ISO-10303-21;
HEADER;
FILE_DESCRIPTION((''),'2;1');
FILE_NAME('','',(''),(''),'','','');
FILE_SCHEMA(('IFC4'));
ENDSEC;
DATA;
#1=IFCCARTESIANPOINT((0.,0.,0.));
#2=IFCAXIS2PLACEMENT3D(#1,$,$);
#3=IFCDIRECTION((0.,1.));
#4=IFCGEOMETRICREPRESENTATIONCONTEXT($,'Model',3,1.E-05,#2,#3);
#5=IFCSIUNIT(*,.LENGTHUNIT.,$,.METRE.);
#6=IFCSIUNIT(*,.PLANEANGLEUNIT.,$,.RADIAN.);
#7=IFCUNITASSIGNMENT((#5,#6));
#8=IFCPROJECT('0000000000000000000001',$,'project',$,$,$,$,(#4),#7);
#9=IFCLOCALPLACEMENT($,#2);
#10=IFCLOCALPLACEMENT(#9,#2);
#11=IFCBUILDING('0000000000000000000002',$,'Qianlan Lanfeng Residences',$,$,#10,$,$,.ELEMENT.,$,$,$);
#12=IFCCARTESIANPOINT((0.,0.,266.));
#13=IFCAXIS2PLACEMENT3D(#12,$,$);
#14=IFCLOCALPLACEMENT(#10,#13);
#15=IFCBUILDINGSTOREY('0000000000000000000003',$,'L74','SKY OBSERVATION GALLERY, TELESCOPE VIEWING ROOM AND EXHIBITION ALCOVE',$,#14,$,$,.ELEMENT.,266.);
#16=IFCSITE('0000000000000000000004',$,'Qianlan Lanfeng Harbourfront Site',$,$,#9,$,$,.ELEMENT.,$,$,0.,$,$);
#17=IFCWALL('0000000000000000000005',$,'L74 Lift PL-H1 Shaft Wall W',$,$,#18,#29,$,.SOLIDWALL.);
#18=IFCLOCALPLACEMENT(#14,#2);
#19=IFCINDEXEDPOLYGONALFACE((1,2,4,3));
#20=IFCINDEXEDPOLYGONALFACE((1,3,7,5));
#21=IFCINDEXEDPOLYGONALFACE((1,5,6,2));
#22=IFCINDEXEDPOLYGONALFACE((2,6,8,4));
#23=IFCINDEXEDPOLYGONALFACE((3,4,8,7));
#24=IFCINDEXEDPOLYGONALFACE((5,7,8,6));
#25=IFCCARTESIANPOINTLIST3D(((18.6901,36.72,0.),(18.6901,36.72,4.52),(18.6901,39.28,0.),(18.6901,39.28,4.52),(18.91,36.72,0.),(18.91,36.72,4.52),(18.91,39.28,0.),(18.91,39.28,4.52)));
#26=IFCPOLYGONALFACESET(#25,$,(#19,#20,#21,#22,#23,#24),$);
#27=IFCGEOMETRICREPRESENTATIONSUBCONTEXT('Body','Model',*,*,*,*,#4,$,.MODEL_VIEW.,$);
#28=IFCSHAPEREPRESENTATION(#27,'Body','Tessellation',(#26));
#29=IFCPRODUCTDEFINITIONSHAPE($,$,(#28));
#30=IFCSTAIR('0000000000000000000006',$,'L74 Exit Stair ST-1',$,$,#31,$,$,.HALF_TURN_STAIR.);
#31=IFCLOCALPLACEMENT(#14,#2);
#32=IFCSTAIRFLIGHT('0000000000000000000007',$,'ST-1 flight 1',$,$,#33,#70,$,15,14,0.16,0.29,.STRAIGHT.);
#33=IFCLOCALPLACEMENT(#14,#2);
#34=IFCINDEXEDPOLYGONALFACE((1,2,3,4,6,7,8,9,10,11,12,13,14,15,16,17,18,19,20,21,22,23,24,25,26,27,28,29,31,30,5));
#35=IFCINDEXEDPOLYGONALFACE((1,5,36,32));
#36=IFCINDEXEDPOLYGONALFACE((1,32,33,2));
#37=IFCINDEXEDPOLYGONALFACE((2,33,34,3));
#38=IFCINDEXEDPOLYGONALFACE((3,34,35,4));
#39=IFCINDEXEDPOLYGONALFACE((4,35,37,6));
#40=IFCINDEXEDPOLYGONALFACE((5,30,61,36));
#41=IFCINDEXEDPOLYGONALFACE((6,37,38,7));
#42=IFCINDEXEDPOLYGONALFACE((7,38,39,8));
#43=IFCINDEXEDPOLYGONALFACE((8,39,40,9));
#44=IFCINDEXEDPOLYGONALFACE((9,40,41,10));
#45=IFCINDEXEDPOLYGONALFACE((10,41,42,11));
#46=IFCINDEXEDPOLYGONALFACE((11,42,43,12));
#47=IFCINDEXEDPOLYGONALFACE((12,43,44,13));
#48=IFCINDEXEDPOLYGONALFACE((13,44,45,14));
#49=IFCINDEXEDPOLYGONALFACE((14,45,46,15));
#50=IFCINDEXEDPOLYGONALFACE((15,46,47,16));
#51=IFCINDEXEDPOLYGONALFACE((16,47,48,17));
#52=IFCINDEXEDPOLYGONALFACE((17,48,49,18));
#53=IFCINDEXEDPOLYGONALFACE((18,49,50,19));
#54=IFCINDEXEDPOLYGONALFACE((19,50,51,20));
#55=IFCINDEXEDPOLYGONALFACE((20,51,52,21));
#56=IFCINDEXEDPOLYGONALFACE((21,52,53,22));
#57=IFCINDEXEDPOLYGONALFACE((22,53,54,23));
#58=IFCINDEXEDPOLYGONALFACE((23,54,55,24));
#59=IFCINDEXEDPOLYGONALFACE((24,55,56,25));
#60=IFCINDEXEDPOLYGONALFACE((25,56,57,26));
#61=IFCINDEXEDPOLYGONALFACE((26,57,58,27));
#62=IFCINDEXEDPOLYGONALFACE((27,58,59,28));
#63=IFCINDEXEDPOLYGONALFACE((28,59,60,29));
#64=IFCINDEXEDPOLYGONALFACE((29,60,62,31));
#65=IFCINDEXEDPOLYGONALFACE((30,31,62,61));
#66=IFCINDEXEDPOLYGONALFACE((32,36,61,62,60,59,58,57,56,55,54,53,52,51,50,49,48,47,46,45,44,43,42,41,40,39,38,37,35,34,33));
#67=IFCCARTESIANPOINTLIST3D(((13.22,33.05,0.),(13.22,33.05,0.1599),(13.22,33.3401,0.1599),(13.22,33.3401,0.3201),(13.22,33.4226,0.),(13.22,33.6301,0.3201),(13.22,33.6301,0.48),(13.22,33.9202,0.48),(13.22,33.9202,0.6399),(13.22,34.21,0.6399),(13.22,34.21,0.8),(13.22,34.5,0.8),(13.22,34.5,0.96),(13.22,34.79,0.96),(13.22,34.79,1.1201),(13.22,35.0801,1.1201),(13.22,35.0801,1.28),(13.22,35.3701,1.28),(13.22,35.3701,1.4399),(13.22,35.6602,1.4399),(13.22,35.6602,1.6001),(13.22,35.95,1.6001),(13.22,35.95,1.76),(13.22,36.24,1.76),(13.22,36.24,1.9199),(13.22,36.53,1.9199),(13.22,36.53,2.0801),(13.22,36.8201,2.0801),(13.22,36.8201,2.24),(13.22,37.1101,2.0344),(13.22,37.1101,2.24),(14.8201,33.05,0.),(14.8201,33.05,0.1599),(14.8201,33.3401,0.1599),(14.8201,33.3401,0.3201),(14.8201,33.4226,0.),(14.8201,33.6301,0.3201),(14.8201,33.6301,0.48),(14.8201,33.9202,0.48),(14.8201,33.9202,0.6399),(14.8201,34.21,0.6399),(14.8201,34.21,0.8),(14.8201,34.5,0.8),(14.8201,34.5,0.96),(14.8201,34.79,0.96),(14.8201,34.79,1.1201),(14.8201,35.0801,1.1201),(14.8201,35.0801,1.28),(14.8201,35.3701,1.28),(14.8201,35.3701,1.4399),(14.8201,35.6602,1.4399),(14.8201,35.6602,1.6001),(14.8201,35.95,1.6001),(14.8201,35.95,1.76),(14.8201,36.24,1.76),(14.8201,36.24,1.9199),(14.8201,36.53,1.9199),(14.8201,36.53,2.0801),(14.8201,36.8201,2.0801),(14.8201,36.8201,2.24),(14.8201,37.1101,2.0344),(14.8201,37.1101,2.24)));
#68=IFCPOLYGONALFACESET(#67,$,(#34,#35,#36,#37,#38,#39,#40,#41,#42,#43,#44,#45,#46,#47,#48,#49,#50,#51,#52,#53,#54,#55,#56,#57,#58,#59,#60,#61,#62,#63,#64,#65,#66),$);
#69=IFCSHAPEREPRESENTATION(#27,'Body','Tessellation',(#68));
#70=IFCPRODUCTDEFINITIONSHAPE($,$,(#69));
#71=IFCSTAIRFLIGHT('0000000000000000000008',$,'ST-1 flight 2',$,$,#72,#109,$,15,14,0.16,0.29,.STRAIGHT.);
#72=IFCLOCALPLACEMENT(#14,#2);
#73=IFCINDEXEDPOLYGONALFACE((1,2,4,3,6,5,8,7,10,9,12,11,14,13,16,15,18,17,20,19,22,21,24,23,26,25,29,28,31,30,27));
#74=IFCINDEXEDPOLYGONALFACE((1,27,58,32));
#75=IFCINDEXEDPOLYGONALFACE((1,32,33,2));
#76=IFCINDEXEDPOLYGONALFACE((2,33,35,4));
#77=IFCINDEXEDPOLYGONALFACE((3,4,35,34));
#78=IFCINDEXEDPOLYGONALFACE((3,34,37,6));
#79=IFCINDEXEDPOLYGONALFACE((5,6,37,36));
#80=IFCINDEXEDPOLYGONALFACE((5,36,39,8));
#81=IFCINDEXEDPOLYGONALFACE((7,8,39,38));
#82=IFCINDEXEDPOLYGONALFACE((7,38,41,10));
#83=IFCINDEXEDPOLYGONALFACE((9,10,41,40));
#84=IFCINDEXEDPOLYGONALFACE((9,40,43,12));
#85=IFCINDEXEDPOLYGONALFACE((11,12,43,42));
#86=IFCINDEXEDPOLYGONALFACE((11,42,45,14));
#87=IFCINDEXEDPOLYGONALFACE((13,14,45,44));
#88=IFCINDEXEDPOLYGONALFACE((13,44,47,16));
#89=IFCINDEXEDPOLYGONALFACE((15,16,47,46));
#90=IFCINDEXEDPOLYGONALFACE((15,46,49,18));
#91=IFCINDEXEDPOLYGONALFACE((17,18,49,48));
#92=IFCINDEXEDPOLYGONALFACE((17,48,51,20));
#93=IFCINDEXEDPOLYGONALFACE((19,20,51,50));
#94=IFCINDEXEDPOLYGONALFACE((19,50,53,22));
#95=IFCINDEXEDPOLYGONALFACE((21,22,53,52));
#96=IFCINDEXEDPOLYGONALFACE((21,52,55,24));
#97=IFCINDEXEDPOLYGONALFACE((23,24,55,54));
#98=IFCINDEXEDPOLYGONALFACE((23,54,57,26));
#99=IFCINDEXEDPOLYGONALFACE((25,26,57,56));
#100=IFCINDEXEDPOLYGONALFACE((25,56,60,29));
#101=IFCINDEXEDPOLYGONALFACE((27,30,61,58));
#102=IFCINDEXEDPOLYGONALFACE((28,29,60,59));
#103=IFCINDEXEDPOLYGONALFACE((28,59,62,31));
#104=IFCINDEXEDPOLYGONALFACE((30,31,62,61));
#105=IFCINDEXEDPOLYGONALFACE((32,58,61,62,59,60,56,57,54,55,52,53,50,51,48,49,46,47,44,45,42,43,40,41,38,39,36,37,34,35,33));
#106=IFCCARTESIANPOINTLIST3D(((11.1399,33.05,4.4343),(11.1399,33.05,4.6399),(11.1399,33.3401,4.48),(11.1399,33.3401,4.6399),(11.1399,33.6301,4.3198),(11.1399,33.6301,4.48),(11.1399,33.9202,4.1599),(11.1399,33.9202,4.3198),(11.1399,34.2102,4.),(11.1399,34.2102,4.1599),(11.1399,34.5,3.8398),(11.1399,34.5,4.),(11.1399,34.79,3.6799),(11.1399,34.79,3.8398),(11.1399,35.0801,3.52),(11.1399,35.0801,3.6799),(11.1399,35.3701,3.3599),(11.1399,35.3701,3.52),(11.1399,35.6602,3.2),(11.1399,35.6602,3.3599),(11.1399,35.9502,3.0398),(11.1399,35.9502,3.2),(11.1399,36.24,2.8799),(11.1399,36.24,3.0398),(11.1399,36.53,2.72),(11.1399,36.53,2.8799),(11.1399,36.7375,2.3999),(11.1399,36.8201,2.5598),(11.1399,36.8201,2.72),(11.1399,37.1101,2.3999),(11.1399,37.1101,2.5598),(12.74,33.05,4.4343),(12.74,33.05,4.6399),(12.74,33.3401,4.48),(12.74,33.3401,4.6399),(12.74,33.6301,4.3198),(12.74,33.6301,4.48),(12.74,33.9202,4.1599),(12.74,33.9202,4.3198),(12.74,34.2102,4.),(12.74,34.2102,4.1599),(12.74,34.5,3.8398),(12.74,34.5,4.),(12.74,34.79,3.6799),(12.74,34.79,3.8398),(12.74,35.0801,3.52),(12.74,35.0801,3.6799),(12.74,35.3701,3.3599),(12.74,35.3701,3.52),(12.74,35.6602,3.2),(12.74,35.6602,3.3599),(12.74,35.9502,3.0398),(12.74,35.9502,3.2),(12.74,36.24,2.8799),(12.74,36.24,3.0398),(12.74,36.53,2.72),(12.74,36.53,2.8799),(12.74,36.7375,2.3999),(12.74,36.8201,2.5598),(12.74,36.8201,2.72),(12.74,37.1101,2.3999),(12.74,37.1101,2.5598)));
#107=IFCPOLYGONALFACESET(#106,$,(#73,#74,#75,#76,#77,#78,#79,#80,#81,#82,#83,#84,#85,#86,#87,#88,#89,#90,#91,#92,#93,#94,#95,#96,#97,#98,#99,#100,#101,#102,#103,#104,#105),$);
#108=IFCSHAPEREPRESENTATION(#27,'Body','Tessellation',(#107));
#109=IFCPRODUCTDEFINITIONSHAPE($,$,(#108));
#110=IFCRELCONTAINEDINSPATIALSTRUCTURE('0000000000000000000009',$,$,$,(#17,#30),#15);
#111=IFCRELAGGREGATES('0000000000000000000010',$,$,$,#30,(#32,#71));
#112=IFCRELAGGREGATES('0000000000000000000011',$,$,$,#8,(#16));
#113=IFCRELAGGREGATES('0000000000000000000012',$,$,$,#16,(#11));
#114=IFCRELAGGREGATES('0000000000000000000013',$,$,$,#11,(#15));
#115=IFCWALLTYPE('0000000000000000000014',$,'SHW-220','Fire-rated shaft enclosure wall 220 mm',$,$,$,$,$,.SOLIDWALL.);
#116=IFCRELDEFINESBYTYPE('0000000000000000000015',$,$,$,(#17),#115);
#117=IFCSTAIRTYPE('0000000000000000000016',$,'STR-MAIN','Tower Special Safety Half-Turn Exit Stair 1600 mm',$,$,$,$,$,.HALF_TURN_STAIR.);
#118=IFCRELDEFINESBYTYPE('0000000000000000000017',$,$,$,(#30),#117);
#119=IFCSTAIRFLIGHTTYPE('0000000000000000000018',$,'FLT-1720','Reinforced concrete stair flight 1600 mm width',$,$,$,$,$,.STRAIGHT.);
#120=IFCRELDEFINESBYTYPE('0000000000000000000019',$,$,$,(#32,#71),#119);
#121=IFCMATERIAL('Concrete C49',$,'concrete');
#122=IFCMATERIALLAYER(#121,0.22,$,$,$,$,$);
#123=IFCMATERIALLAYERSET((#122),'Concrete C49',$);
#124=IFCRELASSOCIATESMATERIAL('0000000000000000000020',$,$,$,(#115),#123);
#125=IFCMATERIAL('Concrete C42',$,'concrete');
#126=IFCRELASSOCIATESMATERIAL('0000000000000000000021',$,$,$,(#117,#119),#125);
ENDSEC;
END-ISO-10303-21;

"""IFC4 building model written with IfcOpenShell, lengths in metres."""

from ifc_helpers import new_model, si_unit, direction, frame, frame_2d, origin, place, context, subcontext, project, spatial, polyline, rectangle, outline, extrude, material, layer, layer_set, type_object, element, aggregate, save


model = new_model("IFC4")

# Units and contexts
model_context = context("Model", 3, precision=1e-05, world=origin(), true_north=direction((0.0, 1.0)))
body_context = subcontext(model_context, "Body", "Model", "MODEL_VIEW")
ifc_project = project(units=[si_unit("LENGTHUNIT", "METRE"), si_unit("PLANEANGLEUNIT", "RADIAN")], contexts=[model_context])

# Site, building, storey
site_placement = place(None, origin())
site = spatial("IfcSite", under=ifc_project, at=site_placement, Name="Qianlan Lanfeng Harbourfront Site", CompositionType="ELEMENT", RefElevation=0.0)
building_placement = place(site_placement, origin())
building = spatial("IfcBuilding", under=site, at=building_placement, Name="Qianlan Lanfeng Residences", CompositionType="ELEMENT")
storey_placement = place(building_placement, frame((0.0, 0.0, 266.0)))
storey = spatial("IfcBuildingStorey", under=building, at=storey_placement, Name="L74", Description="SKY OBSERVATION GALLERY, TELESCOPE VIEWING ROOM AND EXHIBITION ALCOVE", CompositionType="ELEMENT", Elevation=266.0)

# Shared definitions
ifc_material_1 = material(Name="Concrete C49", Category="concrete")

# Wall
ifc_material_2 = material(Name="Concrete C42", Category="concrete")
ifc_layer_1 = layer(ifc_material_1, 0.22)
ifc_layer_set_1 = layer_set([ifc_layer_1], Name="Concrete C49")
wall_type_1 = type_object("IfcWallType", Name="SHW-220", Description="Fire-rated shaft enclosure wall 220 mm", PredefinedType="SOLIDWALL", material=ifc_layer_set_1)
wall_1_placement = place(storey_placement, frame((18.8, 36.72, 0.0), z_axis=(0.0, 0.0, 1.0), x_axis=(0.0, 1.0, 0.0)))
element("IfcWall", 1, at=wall_1_placement, inside=storey, type_object=wall_type_1, Name="L74 Lift PL-H1 Shaft Wall W", PredefinedType="SOLIDWALL", context=body_context, shape_type="SweptSolid", body=[
    extrude(rectangle(XDim=2.5601, YDim=0.22, at=frame_2d((1.28, 0.0))), origin(), (0.0, 0.0, 1.0), 4.52),
])

# Stair, stair flights
stair_type = type_object("IfcStairType", Name="STR-MAIN", Description="Tower Special Safety Half-Turn Exit Stair 1600 mm", PredefinedType="HALF_TURN_STAIR", material=ifc_material_2)
stair_placement = place(storey_placement, origin())
stair = element("IfcStair", 2, at=stair_placement, inside=storey, type_object=stair_type, Name="L74 Exit Stair ST-1", PredefinedType="HALF_TURN_STAIR")
stair_flight_type = type_object("IfcStairFlightType", Name="FLT-1720", Description="Reinforced concrete stair flight 1600 mm width", PredefinedType="STRAIGHT", material=ifc_material_2)
stair_flight_1_placement = place(storey_placement, frame((14.02, 33.05, 0.0), z_axis=(0.0, 0.0, 1.0), x_axis=(0.0, 1.0, 0.0)))
stair_flight_1 = element("IfcStairFlight", 3, at=stair_flight_1_placement, type_object=stair_flight_type, Name="ST-1 flight 1", NumberOfRisers=15, NumberOfTreads=14, PredefinedType="STRAIGHT", RiserHeight=0.16, TreadLength=0.29, context=body_context, shape_type="SweptSolid", body=[
    extrude(outline(polyline([(0.0, 0.0), (0.0, 0.1599), (0.29, 0.1599), (0.29, 0.3201), (0.5801, 0.3201), (0.5801, 0.48), (0.8701, 0.48), (0.8701, 0.6399), (1.1599, 0.6399), (1.1599, 0.8), (1.45, 0.8), (1.45, 0.96), (1.74, 0.96), (1.74, 1.1201), (2.03, 1.1201), (2.03, 1.28), (2.3201, 1.28), (2.3201, 1.4399), (2.6101, 1.4399), (2.6101, 1.6001), (2.8999, 1.6001), (2.8999, 1.76), (3.1899, 1.76), (3.1899, 1.9199), (3.48, 1.9199), (3.48, 2.0801), (3.77, 2.0801), (3.77, 2.24), (4.0601, 2.24), (4.0601, 2.3999), (4.0601, 2.0344), (0.3726, 0.0), (0.0, 0.0)])), frame((0.0, 0.8, 0.0), z_axis=(0.0, -1.0, 0.0), x_axis=(1.0, 0.0, 0.0)), (0.0, 0.0, 1.0), 1.6001),
])
stair_flight_2_placement = place(storey_placement, frame((11.9399, 37.1101, 2.3999), z_axis=(0.0, 0.0, 1.0), x_axis=(0.0, -1.0, 0.0)))
stair_flight_2 = element("IfcStairFlight", 4, at=stair_flight_2_placement, type_object=stair_flight_type, Name="ST-1 flight 2", NumberOfRisers=15, NumberOfTreads=14, PredefinedType="STRAIGHT", RiserHeight=0.16, TreadLength=0.29, context=body_context, shape_type="SweptSolid", body=[
    extrude(outline(polyline([(0.0, 0.0), (0.0, 0.1599), (0.29, 0.1599), (0.29, 0.3201), (0.5801, 0.3201), (0.5801, 0.48), (0.8701, 0.48), (0.8701, 0.6399), (1.1599, 0.6399), (1.1599, 0.8), (1.45, 0.8), (1.45, 0.96), (1.74, 0.96), (1.74, 1.1201), (2.03, 1.1201), (2.03, 1.28), (2.3201, 1.28), (2.3201, 1.4399), (2.6101, 1.4399), (2.6101, 1.6001), (2.8999, 1.6001), (2.8999, 1.76), (3.1899, 1.76), (3.1899, 1.9199), (3.48, 1.9199), (3.48, 2.0801), (3.77, 2.0801), (3.77, 2.24), (4.0601, 2.24), (4.0601, 2.3999), (4.0601, 2.0344), (0.3726, 0.0), (0.0, 0.0)])), frame((0.0, 0.8, 0.0), z_axis=(0.0, -1.0, 0.0), x_axis=(1.0, 0.0, 0.0)), (0.0, 0.0, 1.0), 1.6001),
])
aggregate(stair, [stair_flight_1, stair_flight_2])

save(model, "model.ifc")
